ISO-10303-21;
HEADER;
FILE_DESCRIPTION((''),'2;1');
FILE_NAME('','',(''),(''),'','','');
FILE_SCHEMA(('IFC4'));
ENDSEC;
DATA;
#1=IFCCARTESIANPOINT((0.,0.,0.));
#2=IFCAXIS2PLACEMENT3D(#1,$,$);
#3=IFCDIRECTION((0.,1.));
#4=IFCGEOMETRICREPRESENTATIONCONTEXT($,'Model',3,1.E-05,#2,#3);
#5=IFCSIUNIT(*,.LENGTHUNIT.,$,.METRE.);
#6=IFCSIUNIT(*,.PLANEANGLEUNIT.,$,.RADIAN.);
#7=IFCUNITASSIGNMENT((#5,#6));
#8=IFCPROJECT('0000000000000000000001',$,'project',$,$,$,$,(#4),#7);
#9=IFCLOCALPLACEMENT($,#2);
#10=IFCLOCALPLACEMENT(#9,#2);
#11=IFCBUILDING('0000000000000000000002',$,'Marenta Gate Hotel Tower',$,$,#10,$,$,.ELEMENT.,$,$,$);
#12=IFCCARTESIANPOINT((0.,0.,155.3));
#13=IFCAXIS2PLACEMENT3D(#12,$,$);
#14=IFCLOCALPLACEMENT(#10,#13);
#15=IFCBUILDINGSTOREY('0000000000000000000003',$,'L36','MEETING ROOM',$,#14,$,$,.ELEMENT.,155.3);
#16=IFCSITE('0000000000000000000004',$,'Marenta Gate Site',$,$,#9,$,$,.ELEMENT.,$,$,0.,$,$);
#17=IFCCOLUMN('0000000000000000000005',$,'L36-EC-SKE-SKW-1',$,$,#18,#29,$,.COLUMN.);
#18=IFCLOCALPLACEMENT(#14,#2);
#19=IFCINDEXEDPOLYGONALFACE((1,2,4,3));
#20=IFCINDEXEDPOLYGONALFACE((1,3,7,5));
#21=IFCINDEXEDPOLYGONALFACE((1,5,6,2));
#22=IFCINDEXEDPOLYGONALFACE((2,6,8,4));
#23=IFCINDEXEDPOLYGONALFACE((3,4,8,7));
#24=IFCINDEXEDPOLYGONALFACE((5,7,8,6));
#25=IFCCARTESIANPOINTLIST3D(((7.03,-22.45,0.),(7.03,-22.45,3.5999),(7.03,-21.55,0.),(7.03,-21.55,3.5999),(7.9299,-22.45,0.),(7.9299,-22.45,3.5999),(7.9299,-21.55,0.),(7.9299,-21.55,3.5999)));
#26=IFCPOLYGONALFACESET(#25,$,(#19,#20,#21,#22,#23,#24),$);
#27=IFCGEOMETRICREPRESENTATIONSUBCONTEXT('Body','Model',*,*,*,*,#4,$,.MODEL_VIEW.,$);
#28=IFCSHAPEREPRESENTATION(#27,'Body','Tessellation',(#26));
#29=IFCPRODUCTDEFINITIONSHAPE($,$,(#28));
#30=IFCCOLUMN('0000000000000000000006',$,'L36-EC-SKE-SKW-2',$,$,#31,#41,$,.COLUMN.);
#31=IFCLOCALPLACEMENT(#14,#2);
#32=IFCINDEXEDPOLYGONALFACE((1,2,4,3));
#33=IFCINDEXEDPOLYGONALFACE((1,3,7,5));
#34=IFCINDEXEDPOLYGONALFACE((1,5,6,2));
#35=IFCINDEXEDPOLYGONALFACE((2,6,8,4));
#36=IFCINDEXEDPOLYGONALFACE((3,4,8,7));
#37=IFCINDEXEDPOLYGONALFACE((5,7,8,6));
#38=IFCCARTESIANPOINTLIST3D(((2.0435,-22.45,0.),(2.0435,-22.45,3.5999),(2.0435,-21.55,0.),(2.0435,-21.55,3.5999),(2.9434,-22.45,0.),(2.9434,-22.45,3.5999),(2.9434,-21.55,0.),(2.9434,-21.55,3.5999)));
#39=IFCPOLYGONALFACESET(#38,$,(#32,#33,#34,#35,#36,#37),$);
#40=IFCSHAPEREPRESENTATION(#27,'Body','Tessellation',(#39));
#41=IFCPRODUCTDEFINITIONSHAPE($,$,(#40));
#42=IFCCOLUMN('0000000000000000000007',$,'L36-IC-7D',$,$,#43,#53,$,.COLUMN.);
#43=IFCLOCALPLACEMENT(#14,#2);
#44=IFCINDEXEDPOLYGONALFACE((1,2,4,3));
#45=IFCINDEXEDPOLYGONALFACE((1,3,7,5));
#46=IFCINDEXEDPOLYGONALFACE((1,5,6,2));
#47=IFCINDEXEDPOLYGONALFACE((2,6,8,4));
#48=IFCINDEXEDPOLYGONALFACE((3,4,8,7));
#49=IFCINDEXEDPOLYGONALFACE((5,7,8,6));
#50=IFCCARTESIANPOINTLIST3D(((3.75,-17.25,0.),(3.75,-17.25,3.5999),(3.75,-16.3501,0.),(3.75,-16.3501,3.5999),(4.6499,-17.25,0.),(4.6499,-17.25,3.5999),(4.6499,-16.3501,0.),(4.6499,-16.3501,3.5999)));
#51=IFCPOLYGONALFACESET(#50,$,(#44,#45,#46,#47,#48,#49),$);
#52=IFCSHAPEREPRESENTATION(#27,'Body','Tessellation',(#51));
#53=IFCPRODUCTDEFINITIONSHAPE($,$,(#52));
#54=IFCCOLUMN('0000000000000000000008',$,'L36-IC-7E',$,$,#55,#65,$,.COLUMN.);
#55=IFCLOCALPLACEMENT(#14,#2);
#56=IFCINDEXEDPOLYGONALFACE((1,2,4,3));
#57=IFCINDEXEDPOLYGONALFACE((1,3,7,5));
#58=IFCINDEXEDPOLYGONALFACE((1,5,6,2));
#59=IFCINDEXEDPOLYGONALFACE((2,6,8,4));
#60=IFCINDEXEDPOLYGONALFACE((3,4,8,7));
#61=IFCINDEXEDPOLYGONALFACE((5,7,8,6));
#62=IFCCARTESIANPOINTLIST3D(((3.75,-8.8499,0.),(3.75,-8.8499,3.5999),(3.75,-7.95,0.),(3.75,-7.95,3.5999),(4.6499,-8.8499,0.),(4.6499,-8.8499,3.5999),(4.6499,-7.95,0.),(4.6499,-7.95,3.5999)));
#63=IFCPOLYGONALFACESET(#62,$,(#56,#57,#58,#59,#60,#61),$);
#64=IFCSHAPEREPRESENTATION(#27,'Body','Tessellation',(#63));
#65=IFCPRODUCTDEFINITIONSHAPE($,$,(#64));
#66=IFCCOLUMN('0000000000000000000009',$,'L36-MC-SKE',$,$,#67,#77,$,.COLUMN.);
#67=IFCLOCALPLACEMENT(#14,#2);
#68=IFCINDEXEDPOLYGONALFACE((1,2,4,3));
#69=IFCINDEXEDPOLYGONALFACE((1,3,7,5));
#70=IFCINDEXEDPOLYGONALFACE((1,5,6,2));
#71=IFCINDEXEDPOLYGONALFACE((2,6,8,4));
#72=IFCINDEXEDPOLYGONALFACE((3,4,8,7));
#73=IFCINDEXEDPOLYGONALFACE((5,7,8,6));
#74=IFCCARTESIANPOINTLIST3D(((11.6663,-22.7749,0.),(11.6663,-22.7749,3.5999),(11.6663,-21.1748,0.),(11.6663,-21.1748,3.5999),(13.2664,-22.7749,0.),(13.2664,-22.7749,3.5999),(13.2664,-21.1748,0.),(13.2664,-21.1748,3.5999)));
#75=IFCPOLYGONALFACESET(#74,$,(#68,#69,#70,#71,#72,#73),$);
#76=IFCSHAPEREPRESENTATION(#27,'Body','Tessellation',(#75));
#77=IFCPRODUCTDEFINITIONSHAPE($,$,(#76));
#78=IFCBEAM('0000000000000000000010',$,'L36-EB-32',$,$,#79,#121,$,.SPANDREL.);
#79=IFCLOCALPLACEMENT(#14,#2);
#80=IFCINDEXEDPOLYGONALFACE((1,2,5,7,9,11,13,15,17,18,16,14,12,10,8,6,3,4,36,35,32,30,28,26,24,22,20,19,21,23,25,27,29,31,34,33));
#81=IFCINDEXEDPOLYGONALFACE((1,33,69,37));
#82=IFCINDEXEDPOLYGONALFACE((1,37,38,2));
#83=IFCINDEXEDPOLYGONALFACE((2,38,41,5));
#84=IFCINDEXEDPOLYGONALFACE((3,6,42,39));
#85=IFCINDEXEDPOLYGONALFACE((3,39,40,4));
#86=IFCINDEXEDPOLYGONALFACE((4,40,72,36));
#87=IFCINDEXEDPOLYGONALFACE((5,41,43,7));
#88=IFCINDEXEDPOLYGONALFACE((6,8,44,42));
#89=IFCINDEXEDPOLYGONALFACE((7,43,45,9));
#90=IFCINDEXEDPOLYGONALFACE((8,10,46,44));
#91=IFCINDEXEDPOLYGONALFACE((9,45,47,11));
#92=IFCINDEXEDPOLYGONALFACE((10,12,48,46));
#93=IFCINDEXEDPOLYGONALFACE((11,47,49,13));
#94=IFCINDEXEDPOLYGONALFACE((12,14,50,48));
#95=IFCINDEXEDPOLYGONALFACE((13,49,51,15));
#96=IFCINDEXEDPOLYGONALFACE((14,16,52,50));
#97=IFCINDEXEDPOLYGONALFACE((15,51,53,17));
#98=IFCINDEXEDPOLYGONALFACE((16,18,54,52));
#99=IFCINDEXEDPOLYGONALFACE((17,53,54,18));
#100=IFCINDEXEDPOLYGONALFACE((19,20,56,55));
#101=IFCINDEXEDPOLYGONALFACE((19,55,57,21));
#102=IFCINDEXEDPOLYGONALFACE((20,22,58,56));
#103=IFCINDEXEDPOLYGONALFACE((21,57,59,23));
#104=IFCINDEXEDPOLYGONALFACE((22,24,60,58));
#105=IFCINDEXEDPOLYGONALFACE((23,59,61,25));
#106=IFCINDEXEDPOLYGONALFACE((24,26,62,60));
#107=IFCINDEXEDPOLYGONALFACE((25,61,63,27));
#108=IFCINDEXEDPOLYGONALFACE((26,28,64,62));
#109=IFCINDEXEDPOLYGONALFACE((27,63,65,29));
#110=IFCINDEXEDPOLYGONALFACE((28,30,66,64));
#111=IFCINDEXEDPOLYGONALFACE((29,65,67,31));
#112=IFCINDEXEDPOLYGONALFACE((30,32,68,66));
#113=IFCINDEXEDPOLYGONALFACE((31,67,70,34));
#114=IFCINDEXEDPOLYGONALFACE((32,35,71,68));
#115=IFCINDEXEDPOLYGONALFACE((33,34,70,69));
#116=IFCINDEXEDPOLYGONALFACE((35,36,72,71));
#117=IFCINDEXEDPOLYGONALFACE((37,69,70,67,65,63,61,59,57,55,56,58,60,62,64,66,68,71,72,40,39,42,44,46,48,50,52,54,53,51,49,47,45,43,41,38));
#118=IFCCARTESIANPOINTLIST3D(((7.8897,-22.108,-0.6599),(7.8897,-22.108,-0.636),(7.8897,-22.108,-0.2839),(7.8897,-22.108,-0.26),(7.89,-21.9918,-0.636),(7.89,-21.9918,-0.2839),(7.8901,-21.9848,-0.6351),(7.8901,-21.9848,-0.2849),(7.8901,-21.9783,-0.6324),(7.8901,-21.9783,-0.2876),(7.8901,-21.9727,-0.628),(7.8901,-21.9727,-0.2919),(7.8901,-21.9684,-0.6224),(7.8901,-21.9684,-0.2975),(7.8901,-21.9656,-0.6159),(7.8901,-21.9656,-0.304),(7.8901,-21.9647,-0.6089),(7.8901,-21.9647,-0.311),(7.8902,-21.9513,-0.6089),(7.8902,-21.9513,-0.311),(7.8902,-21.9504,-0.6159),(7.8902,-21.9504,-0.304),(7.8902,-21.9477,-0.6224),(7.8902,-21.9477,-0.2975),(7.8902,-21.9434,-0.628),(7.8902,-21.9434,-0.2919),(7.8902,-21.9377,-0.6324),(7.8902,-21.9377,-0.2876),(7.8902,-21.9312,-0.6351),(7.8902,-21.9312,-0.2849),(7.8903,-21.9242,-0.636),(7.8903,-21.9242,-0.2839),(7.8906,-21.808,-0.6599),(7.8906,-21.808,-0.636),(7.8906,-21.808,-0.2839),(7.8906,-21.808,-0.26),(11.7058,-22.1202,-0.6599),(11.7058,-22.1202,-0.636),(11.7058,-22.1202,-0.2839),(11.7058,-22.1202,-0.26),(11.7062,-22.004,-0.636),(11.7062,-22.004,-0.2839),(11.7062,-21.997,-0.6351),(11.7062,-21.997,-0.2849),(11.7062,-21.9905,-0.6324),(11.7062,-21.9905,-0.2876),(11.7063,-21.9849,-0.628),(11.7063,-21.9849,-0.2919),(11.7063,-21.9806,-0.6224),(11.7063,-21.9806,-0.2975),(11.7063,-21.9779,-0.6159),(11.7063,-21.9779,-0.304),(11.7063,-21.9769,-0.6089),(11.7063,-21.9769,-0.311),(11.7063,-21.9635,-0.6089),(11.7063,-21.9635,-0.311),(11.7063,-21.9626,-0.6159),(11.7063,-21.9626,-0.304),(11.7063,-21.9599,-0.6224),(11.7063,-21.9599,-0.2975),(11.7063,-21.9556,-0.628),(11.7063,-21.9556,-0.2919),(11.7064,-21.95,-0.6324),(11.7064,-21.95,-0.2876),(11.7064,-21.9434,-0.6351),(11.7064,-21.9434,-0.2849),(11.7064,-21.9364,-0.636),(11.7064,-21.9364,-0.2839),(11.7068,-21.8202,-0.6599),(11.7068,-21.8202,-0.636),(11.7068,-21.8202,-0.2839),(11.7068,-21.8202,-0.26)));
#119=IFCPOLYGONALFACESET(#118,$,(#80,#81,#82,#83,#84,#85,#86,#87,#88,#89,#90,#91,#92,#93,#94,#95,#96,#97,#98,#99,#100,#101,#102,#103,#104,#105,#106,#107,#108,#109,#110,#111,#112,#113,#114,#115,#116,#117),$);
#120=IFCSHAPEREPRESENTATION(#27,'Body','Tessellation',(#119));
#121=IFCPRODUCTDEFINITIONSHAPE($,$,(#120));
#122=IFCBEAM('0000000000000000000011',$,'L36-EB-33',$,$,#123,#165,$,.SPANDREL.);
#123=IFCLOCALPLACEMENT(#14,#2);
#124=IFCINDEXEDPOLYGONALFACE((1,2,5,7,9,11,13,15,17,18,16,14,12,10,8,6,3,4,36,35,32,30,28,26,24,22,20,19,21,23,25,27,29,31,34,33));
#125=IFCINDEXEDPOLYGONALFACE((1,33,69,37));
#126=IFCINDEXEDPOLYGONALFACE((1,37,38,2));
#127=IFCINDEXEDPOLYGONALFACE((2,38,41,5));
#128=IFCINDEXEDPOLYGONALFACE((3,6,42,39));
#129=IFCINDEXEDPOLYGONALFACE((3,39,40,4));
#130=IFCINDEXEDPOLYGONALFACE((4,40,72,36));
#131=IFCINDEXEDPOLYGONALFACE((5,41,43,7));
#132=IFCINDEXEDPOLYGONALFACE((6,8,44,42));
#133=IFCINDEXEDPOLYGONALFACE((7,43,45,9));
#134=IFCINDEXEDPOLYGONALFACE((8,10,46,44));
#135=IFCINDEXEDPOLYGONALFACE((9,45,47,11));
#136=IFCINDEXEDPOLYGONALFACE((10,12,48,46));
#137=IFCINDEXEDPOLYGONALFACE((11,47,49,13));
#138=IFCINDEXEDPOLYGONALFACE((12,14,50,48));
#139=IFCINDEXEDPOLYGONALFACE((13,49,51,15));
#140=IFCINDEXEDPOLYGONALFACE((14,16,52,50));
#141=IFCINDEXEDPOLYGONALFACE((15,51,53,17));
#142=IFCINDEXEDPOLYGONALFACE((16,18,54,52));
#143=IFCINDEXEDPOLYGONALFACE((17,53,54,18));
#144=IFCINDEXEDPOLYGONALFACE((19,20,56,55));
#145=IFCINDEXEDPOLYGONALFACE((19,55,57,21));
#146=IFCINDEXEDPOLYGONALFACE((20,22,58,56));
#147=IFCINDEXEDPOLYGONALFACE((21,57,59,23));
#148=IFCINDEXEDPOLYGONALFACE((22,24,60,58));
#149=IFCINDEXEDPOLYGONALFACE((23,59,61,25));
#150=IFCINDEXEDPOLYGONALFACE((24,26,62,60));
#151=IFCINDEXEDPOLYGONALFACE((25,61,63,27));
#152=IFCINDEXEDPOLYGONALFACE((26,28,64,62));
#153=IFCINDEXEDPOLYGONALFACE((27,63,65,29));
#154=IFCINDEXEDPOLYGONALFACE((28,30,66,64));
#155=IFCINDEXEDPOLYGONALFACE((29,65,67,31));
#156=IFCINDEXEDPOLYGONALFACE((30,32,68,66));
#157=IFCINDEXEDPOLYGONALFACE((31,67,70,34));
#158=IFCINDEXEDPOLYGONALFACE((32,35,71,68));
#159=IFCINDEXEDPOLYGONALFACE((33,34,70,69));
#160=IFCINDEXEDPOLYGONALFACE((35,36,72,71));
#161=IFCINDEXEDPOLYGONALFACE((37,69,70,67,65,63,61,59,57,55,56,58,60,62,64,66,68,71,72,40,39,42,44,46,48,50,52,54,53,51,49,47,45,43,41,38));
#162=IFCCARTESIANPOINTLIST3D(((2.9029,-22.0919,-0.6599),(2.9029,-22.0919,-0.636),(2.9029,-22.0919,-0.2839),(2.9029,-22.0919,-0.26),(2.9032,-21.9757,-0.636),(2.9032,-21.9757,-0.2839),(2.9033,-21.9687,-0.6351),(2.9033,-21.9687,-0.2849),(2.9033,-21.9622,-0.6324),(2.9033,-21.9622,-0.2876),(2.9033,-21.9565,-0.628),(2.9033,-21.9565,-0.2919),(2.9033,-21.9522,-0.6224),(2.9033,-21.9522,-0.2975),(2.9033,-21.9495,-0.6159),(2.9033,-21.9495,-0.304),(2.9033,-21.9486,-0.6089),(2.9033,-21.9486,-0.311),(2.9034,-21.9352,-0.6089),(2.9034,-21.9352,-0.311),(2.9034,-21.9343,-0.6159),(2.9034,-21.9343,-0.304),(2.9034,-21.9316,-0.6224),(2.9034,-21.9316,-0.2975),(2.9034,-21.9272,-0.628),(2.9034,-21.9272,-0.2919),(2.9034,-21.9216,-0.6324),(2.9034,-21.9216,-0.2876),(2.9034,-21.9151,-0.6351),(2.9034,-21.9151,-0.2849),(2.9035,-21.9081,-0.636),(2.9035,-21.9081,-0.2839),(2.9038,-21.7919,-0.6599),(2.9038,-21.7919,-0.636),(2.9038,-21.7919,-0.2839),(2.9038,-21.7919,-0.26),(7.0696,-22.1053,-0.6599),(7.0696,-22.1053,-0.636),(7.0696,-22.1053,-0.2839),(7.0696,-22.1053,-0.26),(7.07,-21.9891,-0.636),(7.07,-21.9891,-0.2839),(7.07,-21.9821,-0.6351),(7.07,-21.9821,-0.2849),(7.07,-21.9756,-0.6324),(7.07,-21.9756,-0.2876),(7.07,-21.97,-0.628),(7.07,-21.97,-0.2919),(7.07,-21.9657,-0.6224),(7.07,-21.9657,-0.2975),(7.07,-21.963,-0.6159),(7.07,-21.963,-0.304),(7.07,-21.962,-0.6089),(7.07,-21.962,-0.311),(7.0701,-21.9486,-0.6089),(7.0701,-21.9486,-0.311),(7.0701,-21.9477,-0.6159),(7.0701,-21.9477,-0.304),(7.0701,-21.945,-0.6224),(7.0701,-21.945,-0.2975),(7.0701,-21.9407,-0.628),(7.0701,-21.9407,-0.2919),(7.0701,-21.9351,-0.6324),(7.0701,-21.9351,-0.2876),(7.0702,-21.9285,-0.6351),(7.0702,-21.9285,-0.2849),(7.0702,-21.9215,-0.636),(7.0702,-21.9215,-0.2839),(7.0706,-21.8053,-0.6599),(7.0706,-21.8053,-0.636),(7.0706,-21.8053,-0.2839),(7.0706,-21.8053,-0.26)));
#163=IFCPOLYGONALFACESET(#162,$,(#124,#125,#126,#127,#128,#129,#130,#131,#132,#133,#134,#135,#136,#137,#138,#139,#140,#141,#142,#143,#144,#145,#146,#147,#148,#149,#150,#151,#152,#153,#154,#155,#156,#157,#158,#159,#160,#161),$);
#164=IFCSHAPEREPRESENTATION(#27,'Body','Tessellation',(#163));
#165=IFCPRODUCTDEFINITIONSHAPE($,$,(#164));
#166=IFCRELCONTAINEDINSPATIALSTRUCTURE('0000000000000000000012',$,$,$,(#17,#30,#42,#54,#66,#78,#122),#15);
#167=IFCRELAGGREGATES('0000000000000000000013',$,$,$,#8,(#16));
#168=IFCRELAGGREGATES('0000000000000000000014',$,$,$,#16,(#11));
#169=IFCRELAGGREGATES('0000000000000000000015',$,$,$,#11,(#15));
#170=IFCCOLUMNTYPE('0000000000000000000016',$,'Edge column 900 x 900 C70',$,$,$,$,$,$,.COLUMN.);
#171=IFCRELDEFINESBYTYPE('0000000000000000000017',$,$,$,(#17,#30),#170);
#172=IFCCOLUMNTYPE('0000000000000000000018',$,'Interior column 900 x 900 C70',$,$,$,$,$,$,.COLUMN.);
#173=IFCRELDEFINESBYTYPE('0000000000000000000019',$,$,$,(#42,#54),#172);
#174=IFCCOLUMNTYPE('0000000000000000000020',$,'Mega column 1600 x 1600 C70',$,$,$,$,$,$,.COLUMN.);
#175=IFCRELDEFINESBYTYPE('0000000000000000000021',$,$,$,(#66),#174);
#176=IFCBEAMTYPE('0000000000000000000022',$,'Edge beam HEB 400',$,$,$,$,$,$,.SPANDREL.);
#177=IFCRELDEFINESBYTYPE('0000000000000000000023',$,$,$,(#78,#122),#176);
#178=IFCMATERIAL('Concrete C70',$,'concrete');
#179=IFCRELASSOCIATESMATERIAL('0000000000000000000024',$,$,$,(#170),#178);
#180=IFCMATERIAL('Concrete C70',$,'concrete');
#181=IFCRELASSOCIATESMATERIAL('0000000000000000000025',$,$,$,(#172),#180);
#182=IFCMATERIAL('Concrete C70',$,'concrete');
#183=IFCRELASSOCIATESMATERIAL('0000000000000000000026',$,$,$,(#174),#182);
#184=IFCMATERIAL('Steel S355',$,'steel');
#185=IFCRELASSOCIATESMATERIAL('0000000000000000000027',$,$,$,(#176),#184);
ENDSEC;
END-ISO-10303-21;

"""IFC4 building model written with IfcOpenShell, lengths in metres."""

from ifc_helpers import new_model, si_unit, direction, frame, origin, origin_2d, place, context, subcontext, project, spatial, rectangle, i_section, extrude, material, material_profile, profile_set, type_object, element, save


model = new_model("IFC4")

# Units and contexts
model_context = context("Model", 3, precision=1e-05, world=origin(), true_north=direction((0.0, 1.0)))
body_context = subcontext(model_context, "Body", "Model", "MODEL_VIEW")
ifc_project = project(units=[si_unit("LENGTHUNIT", "METRE"), si_unit("PLANEANGLEUNIT", "RADIAN")], contexts=[model_context])

# Site, building, storey
site_placement = place(None, origin())
site = spatial("IfcSite", under=ifc_project, at=site_placement, Name="Marenta Gate Site", CompositionType="ELEMENT", RefElevation=0.0)
building_placement = place(site_placement, origin())
building = spatial("IfcBuilding", under=site, at=building_placement, Name="Marenta Gate Hotel Tower", CompositionType="ELEMENT")
storey_placement = place(building_placement, frame((0.0, 0.0, 155.3)))
storey = spatial("IfcBuildingStorey", under=building, at=storey_placement, Name="L36", Description="MEETING ROOM", CompositionType="ELEMENT", Elevation=155.3)

# Columns
ifc_material_1 = material(Name="Concrete C70", Category="concrete")
ifc_material_profile_1 = material_profile(ifc_material_1, rectangle(XDim=0.8999, YDim=0.8999, at=origin_2d()), Name="900 x 900")
ifc_profile_set_1 = profile_set([ifc_material_profile_1], Name="Concrete C70")
column_type_1 = type_object("IfcColumnType", Name="Edge column 900 x 900 C70", PredefinedType="COLUMN", material=ifc_profile_set_1)
for number, where, z_axis, x_axis, name in (
    (1, (7.48, -22.0, 0.0), (0.0, 0.0, 1.0), (1.0, 0.0, 0.0), "L36-EC-SKE-SKW-1"),
    (2, (2.4934, -22.0, 0.0), (0.0, 0.0, 1.0), (1.0, 0.0, 0.0), "L36-EC-SKE-SKW-2"),
):
    element("IfcColumn", number, at=place(storey_placement, frame(where, z_axis=z_axis, x_axis=x_axis)), inside=storey, type_object=column_type_1, Name=name, PredefinedType="COLUMN", context=body_context, shape_type="SweptSolid", body=[
        extrude(rectangle(XDim=0.8999, YDim=0.8999, at=origin_2d()), origin(), (0.0, 0.0, 1.0), 3.5999),
    ])
ifc_material_2 = material(Name="Concrete C70", Category="concrete")
ifc_material_profile_2 = material_profile(ifc_material_2, rectangle(XDim=0.8999, YDim=0.8999, at=origin_2d()), Name="900 x 900")
ifc_profile_set_2 = profile_set([ifc_material_profile_2], Name="Concrete C70")
column_type_2 = type_object("IfcColumnType", Name="Interior column 900 x 900 C70", PredefinedType="COLUMN", material=ifc_profile_set_2)
for number, where, z_axis, x_axis, name in (
    (3, (4.2, -16.8, 0.0), (0.0, 0.0, 1.0), (1.0, 0.0, 0.0), "L36-IC-7D"),
    (4, (4.2, -8.3999, 0.0), (0.0, 0.0, 1.0), (1.0, 0.0, 0.0), "L36-IC-7E"),
):
    element("IfcColumn", number, at=place(storey_placement, frame(where, z_axis=z_axis, x_axis=x_axis)), inside=storey, type_object=column_type_2, Name=name, PredefinedType="COLUMN", context=body_context, shape_type="SweptSolid", body=[
        extrude(rectangle(XDim=0.8999, YDim=0.8999, at=origin_2d()), origin(), (0.0, 0.0, 1.0), 3.5999),
    ])
ifc_material_3 = material(Name="Concrete C70", Category="concrete")
ifc_material_profile_3 = material_profile(ifc_material_3, rectangle(XDim=1.6001, YDim=1.6001, at=origin_2d()), Name="1600 x 1600")
ifc_profile_set_3 = profile_set([ifc_material_profile_3], Name="Concrete C70")
column_type_3 = type_object("IfcColumnType", Name="Mega column 1600 x 1600 C70", PredefinedType="COLUMN", material=ifc_profile_set_3)
column_placement = place(storey_placement, frame((12.4663, -21.9749, 0.0), z_axis=(0.0, 0.0, 1.0), x_axis=(1.0, 0.0, 0.0)))
element("IfcColumn", 5, at=column_placement, inside=storey, type_object=column_type_3, Name="L36-MC-SKE", PredefinedType="COLUMN", context=body_context, shape_type="SweptSolid", body=[
    extrude(rectangle(XDim=1.6001, YDim=1.6001, at=origin_2d()), origin(), (0.0, 0.0, 1.0), 3.5999),
])

# Beams
ifc_material_4 = material(Name="Steel S355", Category="steel")
ifc_material_profile_4 = material_profile(ifc_material_4, i_section(OverallWidth=0.3, OverallDepth=0.3999, WebThickness=0.0134, FlangeThickness=0.0239, FilletRadius=0.0271, at=origin_2d()), Name="HEB 400")
ifc_profile_set_4 = profile_set([ifc_material_profile_4], Name="Steel S355")
beam_type_1 = type_object("IfcBeamType", Name="Edge beam HEB 400", PredefinedType="SPANDREL", material=ifc_profile_set_4)
beam_1_placement = place(storey_placement, frame((11.7063, -21.9702, -0.46), z_axis=(-0.999995, 0.003199, 0.0), x_axis=(-0.003199, -0.999995, 0.0)))
element("IfcBeam", 6, at=beam_1_placement, inside=storey, type_object=beam_type_1, Name="L36-EB-32", PredefinedType="SPANDREL", context=body_context, shape_type="SweptSolid", body=[
    extrude(i_section(OverallWidth=0.3, OverallDepth=0.3999, WebThickness=0.0134, FlangeThickness=0.0239, FilletRadius=0.0271, at=origin_2d()), origin(), (0.0, 0.0, 1.0), 3.8162),
])
beam_2_placement = place(storey_placement, frame((7.0701, -21.9553, -0.46), z_axis=(-0.999995, 0.003223, 0.0), x_axis=(-0.003223, -0.999995, 0.0)))
element("IfcBeam", 7, at=beam_2_placement, inside=storey, type_object=beam_type_1, Name="L36-EB-33", PredefinedType="SPANDREL", context=body_context, shape_type="SweptSolid", body=[
    extrude(i_section(OverallWidth=0.3, OverallDepth=0.3999, WebThickness=0.0134, FlangeThickness=0.0239, FilletRadius=0.0271, at=origin_2d()), origin(), (0.0, 0.0, 1.0), 4.1667),
])

save(model, "model.ifc")
